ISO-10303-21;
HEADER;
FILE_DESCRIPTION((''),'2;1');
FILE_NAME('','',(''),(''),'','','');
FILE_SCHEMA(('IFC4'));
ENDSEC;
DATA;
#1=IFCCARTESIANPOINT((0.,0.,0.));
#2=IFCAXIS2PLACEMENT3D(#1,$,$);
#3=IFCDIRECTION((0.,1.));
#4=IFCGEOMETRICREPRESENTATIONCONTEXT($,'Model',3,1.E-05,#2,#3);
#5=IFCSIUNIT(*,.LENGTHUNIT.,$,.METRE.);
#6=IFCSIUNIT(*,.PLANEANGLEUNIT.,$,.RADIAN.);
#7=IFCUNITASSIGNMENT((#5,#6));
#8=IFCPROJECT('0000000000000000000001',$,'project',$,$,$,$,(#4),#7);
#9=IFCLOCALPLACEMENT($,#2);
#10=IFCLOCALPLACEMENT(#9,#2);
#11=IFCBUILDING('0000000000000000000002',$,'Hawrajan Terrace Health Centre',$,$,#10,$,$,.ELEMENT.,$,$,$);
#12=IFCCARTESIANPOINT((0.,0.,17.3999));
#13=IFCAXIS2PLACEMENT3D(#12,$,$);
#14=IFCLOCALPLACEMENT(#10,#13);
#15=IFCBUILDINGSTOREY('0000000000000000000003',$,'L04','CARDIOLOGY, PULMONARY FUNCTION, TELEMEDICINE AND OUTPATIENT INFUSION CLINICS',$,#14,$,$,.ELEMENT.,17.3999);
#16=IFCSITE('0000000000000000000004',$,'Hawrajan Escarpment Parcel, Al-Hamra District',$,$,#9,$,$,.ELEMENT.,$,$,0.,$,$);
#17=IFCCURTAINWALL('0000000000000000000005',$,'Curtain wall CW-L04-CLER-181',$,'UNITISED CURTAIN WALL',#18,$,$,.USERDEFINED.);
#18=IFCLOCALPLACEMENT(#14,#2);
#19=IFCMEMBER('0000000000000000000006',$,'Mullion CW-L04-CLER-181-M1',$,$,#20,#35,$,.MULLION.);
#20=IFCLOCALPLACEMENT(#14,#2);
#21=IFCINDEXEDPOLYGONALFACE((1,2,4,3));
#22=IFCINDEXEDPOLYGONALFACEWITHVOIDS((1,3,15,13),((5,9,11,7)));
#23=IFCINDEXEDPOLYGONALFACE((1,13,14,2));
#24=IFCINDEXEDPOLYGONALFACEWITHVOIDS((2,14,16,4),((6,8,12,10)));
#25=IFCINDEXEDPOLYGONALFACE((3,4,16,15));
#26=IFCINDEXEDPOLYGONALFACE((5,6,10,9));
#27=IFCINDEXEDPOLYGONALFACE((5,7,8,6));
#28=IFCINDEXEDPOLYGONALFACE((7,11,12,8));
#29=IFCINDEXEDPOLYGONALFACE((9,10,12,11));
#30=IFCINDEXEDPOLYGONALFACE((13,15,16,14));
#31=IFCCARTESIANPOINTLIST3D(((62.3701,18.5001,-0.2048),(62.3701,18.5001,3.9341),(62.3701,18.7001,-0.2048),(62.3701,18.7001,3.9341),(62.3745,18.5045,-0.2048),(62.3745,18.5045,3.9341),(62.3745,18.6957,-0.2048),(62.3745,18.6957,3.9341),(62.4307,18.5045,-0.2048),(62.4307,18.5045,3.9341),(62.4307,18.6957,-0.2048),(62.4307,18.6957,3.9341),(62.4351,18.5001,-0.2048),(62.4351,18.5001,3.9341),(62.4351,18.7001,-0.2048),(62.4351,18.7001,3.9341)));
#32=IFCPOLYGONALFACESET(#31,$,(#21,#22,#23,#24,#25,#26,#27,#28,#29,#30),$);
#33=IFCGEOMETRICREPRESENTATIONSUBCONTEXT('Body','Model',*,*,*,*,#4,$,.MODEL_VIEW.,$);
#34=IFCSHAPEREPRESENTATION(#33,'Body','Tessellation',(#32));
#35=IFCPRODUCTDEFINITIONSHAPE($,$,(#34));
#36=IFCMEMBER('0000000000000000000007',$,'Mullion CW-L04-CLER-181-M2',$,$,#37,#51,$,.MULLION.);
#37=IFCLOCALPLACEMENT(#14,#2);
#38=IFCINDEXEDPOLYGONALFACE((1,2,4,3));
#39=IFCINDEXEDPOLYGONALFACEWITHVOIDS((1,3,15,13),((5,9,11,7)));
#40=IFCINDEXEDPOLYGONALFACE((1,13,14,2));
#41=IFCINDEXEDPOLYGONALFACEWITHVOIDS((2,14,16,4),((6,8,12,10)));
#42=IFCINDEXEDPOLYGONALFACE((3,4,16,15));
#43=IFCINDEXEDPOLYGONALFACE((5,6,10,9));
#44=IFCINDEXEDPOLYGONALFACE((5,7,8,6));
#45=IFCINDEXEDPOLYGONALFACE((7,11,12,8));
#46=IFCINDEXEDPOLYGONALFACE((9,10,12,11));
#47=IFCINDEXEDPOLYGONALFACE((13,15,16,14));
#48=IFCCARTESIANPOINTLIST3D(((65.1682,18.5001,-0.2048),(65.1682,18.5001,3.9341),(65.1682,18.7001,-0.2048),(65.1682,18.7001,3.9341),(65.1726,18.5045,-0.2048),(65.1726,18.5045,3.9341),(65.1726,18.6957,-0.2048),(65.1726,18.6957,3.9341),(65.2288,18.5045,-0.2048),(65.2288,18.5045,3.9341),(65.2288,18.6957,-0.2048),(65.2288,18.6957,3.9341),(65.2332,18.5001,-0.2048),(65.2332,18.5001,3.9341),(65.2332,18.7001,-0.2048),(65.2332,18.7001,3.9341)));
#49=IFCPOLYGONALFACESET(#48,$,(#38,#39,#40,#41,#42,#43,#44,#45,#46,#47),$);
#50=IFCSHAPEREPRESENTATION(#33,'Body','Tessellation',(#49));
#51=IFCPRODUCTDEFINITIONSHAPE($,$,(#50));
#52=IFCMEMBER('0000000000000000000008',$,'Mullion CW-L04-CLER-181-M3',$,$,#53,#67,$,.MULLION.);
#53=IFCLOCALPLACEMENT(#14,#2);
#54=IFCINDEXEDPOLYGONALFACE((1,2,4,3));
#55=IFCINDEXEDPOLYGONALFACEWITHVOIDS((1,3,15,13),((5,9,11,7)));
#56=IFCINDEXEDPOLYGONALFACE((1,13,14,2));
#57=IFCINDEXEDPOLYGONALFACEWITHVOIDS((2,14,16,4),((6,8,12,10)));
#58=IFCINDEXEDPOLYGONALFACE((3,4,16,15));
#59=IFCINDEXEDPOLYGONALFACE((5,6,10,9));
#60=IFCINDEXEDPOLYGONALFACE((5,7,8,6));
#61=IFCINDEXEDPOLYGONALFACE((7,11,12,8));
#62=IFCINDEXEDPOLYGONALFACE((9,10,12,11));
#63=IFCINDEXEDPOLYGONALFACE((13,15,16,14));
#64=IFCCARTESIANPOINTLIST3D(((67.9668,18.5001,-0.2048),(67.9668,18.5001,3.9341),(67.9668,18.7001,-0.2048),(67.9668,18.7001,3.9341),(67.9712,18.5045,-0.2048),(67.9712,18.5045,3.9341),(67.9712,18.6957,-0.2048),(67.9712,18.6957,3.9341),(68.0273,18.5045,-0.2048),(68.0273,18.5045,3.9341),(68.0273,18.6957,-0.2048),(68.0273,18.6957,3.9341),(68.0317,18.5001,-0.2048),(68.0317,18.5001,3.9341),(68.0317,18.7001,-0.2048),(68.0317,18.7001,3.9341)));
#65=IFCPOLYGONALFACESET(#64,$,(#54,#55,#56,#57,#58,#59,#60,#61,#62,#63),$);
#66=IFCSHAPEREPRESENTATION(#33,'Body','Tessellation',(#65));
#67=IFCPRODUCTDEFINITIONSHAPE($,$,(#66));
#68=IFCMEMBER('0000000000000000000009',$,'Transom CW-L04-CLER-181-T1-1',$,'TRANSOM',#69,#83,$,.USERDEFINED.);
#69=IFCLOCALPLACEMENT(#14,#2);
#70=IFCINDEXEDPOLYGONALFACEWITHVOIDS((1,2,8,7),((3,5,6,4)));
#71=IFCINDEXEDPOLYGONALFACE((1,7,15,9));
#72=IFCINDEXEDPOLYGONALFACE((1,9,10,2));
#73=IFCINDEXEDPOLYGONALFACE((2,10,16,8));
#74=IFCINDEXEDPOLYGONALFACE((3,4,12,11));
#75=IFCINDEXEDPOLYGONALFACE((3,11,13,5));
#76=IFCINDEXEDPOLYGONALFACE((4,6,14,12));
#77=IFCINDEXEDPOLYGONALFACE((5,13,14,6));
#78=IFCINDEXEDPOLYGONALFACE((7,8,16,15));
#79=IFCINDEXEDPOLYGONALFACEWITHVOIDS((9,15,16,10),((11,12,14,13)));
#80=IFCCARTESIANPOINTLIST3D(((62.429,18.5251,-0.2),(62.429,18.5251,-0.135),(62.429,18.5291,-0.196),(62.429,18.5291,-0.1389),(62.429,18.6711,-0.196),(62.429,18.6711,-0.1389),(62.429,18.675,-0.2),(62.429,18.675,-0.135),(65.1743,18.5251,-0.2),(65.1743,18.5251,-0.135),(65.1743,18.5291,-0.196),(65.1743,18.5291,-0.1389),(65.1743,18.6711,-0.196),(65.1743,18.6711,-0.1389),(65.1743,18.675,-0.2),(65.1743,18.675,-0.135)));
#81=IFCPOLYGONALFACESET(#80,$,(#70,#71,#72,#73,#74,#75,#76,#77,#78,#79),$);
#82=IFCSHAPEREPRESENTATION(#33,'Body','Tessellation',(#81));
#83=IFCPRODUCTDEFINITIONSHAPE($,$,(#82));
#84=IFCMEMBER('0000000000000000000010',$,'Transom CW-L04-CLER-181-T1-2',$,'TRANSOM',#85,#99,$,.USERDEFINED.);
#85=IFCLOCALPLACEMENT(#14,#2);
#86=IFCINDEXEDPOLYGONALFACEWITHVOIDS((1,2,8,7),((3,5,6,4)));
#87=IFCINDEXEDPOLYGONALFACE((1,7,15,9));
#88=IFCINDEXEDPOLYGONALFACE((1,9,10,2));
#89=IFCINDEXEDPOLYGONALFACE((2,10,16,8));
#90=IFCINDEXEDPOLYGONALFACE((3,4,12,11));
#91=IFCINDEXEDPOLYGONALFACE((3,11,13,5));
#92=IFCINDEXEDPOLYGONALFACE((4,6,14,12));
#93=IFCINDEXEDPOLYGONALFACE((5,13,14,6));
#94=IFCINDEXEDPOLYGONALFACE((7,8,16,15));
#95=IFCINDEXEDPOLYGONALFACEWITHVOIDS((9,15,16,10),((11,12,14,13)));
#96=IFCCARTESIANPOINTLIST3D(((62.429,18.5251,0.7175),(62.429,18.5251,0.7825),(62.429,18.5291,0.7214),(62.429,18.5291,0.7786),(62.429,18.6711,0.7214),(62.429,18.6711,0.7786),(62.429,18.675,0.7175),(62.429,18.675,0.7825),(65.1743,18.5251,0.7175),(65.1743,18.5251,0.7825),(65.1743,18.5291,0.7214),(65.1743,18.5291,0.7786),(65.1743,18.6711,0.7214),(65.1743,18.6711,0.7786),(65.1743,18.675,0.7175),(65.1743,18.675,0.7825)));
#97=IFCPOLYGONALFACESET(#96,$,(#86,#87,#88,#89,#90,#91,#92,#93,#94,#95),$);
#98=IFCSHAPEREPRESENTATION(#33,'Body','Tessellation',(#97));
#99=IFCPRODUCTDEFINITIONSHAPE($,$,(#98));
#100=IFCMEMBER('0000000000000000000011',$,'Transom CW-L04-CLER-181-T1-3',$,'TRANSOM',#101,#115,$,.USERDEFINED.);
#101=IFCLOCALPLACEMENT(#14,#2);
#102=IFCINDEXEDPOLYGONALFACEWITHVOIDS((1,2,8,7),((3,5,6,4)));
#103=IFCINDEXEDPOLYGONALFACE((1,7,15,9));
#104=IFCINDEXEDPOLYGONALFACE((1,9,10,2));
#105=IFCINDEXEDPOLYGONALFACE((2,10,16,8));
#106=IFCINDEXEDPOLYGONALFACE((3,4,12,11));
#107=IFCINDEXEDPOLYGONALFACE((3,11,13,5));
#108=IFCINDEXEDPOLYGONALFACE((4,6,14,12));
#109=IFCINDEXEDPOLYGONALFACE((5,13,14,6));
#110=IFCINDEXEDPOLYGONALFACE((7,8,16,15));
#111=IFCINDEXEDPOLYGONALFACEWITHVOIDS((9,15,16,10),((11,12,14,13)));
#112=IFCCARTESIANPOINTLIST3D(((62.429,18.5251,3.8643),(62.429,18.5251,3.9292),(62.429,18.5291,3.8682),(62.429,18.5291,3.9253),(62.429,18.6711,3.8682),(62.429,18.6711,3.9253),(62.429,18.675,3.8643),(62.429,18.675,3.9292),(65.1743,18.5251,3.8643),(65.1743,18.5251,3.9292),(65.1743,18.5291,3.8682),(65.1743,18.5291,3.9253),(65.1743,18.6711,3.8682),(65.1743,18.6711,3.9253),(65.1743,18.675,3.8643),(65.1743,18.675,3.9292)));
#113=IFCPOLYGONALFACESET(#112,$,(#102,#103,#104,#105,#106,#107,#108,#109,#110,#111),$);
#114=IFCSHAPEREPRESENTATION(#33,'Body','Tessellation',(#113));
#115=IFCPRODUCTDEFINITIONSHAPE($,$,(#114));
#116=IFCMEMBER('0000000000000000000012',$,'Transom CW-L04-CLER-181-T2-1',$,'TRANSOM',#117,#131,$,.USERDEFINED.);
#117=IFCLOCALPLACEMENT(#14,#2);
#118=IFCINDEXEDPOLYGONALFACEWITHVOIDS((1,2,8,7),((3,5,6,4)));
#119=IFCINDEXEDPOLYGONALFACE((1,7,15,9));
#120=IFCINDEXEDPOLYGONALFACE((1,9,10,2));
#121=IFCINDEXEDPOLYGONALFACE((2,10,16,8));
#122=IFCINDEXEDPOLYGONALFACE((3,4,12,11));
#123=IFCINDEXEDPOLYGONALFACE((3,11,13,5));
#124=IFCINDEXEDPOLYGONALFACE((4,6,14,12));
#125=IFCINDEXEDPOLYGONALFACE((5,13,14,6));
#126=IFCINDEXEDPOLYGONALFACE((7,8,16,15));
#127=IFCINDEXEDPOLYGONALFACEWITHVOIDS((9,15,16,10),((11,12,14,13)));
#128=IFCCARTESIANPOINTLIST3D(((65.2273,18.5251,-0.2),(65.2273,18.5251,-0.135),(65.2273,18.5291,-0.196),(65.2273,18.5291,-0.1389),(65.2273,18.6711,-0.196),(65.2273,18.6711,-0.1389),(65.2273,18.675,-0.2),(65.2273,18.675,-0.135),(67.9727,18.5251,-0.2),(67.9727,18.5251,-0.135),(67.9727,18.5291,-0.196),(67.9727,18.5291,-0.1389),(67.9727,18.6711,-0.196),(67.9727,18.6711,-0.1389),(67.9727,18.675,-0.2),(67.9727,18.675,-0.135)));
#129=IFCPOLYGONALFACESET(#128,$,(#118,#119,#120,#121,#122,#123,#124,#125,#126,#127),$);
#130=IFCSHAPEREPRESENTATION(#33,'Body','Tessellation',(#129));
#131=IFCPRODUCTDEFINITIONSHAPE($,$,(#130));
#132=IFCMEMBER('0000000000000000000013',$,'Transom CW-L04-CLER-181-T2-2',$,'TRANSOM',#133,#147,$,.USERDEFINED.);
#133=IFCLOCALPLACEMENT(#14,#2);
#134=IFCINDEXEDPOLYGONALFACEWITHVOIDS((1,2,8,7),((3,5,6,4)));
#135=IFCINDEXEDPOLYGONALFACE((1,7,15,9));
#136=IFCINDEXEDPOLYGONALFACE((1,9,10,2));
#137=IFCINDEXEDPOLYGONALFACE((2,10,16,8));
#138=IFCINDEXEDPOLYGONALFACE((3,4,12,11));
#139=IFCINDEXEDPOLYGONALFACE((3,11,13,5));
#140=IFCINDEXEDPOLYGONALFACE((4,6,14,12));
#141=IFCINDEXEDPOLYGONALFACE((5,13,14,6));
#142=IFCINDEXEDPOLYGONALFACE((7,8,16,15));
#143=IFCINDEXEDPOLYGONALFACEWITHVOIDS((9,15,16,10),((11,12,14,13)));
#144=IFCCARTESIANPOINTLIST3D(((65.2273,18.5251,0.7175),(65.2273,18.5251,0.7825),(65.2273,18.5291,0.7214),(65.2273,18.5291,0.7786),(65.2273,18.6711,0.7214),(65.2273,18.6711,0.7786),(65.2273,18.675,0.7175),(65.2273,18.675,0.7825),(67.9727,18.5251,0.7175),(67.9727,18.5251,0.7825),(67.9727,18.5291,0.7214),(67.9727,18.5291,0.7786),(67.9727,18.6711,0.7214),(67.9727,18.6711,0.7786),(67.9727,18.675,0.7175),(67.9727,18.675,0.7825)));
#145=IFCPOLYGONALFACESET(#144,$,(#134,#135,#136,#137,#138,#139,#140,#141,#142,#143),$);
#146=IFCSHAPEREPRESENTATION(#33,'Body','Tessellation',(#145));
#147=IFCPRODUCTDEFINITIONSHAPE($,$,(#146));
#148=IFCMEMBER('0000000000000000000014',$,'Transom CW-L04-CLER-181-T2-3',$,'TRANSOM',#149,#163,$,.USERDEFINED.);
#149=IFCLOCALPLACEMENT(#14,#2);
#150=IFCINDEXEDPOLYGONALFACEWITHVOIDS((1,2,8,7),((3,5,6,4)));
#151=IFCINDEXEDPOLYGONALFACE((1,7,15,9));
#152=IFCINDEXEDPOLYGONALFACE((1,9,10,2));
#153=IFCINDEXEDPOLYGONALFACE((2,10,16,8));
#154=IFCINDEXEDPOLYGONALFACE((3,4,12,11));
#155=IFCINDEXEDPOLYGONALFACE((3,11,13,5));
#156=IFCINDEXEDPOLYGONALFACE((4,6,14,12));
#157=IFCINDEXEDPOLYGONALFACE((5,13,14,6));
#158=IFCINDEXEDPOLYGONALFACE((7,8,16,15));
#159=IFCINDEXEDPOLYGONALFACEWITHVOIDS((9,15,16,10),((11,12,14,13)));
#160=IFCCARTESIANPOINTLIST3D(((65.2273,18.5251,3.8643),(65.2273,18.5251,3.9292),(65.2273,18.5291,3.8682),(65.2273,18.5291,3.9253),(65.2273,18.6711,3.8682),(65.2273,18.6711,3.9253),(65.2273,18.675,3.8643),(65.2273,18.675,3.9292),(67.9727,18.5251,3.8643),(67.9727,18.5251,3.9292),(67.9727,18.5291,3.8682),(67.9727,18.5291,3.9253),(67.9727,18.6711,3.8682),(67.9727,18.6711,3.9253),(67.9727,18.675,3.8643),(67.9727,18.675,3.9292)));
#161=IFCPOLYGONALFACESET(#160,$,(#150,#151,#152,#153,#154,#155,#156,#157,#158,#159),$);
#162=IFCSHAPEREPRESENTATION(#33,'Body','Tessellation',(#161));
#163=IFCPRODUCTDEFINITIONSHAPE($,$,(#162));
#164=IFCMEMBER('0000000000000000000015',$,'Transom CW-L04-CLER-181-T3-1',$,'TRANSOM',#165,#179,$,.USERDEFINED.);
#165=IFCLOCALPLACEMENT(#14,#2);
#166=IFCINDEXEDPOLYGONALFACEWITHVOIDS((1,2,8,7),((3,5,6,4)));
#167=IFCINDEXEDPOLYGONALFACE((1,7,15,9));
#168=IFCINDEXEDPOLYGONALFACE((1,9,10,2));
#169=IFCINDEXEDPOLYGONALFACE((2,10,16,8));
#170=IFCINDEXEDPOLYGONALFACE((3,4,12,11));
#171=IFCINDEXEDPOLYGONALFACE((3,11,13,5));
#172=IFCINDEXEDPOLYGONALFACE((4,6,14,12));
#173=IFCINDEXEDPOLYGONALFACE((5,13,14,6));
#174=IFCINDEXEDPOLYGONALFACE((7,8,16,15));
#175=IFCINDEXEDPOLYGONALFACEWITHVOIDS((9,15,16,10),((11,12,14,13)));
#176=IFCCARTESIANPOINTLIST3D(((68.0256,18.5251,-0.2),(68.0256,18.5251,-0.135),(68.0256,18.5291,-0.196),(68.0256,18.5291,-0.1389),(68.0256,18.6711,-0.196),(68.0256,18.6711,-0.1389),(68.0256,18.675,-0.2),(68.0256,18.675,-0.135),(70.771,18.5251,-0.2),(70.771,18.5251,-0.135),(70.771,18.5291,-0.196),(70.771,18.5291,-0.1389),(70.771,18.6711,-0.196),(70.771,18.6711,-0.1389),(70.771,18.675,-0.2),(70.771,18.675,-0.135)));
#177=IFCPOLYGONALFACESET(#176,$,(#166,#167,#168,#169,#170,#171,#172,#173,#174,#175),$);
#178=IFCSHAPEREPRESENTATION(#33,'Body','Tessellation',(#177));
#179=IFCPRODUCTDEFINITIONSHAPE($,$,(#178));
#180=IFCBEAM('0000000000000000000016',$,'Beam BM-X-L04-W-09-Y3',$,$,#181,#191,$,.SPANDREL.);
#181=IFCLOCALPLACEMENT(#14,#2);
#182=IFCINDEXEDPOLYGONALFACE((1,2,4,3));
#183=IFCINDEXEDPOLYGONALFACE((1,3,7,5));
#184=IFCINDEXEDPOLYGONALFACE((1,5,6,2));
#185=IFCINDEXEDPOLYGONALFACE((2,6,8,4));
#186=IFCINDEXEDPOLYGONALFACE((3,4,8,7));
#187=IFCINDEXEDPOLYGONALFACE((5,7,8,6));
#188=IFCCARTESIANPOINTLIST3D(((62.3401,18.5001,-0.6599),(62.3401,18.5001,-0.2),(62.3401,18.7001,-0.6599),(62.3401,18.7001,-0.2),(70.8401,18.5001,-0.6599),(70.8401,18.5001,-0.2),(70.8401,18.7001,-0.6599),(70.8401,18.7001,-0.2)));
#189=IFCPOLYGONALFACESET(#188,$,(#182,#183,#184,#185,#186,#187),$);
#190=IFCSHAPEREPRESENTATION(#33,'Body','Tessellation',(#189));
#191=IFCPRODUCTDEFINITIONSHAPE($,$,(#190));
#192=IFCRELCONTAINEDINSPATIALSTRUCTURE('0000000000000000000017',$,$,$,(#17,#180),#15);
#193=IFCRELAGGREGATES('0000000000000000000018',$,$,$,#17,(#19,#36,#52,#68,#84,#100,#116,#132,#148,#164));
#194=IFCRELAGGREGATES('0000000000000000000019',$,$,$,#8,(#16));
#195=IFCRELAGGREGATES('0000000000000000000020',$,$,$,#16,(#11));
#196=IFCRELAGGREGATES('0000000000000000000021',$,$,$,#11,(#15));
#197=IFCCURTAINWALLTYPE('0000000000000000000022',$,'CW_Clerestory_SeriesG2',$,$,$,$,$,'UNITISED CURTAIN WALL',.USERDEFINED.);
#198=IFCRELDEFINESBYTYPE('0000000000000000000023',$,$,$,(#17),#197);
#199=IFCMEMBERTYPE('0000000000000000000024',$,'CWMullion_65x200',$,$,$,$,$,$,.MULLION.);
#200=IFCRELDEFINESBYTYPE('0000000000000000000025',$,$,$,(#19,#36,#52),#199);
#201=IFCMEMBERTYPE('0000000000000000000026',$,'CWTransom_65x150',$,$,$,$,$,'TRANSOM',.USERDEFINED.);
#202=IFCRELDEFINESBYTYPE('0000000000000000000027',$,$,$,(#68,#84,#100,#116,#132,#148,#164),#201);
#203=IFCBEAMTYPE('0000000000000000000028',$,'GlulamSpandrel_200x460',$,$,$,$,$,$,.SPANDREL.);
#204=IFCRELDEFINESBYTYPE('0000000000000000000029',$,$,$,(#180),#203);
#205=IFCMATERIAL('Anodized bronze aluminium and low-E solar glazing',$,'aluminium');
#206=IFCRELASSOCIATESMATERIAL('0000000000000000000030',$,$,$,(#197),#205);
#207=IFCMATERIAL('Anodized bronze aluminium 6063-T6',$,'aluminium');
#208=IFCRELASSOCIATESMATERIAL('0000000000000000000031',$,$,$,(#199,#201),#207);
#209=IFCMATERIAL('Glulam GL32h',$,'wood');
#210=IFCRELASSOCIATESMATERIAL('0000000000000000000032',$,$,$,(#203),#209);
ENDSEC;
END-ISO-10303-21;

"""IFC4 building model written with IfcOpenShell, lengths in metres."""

from ifc_helpers import new_model, si_unit, direction, frame, origin, origin_2d, place, context, subcontext, project, spatial, rectangle, hollow_rectangle, extrude, material, material_profile, profile_set, type_object, element, aggregate, save


model = new_model("IFC4")

# Units and contexts
model_context = context("Model", 3, precision=1e-05, world=origin(), true_north=direction((0.0, 1.0)))
body_context = subcontext(model_context, "Body", "Model", "MODEL_VIEW")
ifc_project = project(units=[si_unit("LENGTHUNIT", "METRE"), si_unit("PLANEANGLEUNIT", "RADIAN")], contexts=[model_context])

# Site, building, storey
site_placement = place(None, origin())
site = spatial("IfcSite", under=ifc_project, at=site_placement, Name="Hawrajan Escarpment Parcel, Al-Hamra District", CompositionType="ELEMENT", RefElevation=0.0)
building_placement = place(site_placement, origin())
building = spatial("IfcBuilding", under=site, at=building_placement, Name="Hawrajan Terrace Health Centre", CompositionType="ELEMENT")
storey_placement = place(building_placement, frame((0.0, 0.0, 17.3999)))
storey = spatial("IfcBuildingStorey", under=building, at=storey_placement, Name="L04", Description="CARDIOLOGY, PULMONARY FUNCTION, TELEMEDICINE AND OUTPATIENT INFUSION CLINICS", CompositionType="ELEMENT", Elevation=17.3999)

# Curtain wall, members
ifc_material_1 = material(Name="Anodized bronze aluminium and low-E solar glazing", Category="aluminium")
curtain_wall_type = type_object("IfcCurtainWallType", Name="CW_Clerestory_SeriesG2", ElementType="UNITISED CURTAIN WALL", PredefinedType="USERDEFINED", material=ifc_material_1)
curtain_wall_placement = place(storey_placement, origin())
curtain_wall = element("IfcCurtainWall", 1, at=curtain_wall_placement, inside=storey, type_object=curtain_wall_type, Name="Curtain wall CW-L04-CLER-181", ObjectType="UNITISED CURTAIN WALL", PredefinedType="USERDEFINED")
ifc_material_2 = material(Name="Anodized bronze aluminium 6063-T6", Category="aluminium")
ifc_material_profile_1 = material_profile(ifc_material_2, hollow_rectangle(XDim=0.0649, YDim=0.2, WallThickness=0.0044, at=origin_2d()), Name="CW MUL 65x200")
ifc_profile_set_1 = profile_set([ifc_material_profile_1], Name="Anodized bronze aluminium 6063-T6")
member_type_1 = type_object("IfcMemberType", Name="CWMullion_65x200", PredefinedType="MULLION", material=ifc_profile_set_1)
member_1_placement = place(storey_placement, frame((62.4026, 18.6001, -0.2048), z_axis=(0.0, 0.0, 1.0), x_axis=(1.0, 0.0, 0.0)))
member_1 = element("IfcMember", 2, at=member_1_placement, type_object=member_type_1, Name="Mullion CW-L04-CLER-181-M1", PredefinedType="MULLION", context=body_context, shape_type="SweptSolid", body=[
    extrude(hollow_rectangle(XDim=0.0649, YDim=0.2, WallThickness=0.0044, at=origin_2d()), origin(), (0.0, 0.0, 1.0), 4.1389),
])
member_2_placement = place(storey_placement, frame((65.2007, 18.6001, -0.2048), z_axis=(0.0, 0.0, 1.0), x_axis=(1.0, 0.0, 0.0)))
member_2 = element("IfcMember", 3, at=member_2_placement, type_object=member_type_1, Name="Mullion CW-L04-CLER-181-M2", PredefinedType="MULLION", context=body_context, shape_type="SweptSolid", body=[
    extrude(hollow_rectangle(XDim=0.0649, YDim=0.2, WallThickness=0.0044, at=origin_2d()), origin(), (0.0, 0.0, 1.0), 4.1389),
])
member_3_placement = place(storey_placement, frame((67.9993, 18.6001, -0.2048), z_axis=(0.0, 0.0, 1.0), x_axis=(1.0, 0.0, 0.0)))
member_3 = element("IfcMember", 4, at=member_3_placement, type_object=member_type_1, Name="Mullion CW-L04-CLER-181-M3", PredefinedType="MULLION", context=body_context, shape_type="SweptSolid", body=[
    extrude(hollow_rectangle(XDim=0.0649, YDim=0.2, WallThickness=0.0044, at=origin_2d()), origin(), (0.0, 0.0, 1.0), 4.1389),
])
ifc_material_profile_2 = material_profile(ifc_material_2, hollow_rectangle(XDim=0.0649, YDim=0.1499, WallThickness=0.0039, at=origin_2d()), Name="CW TRN 65x150")
ifc_profile_set_2 = profile_set([ifc_material_profile_2], Name="Anodized bronze aluminium 6063-T6")
member_type_2 = type_object("IfcMemberType", Name="CWTransom_65x150", ElementType="TRANSOM", PredefinedType="USERDEFINED", material=ifc_profile_set_2)
member_4_placement = place(storey_placement, frame((62.429, 18.6001, -0.1675), z_axis=(1.0, 0.0, 0.0), x_axis=(0.0, 0.0, 1.0)))
member_4 = element("IfcMember", 5, at=member_4_placement, type_object=member_type_2, Name="Transom CW-L04-CLER-181-T1-1", ObjectType="TRANSOM", PredefinedType="USERDEFINED", context=body_context, shape_type="SweptSolid", body=[
    extrude(hollow_rectangle(XDim=0.0649, YDim=0.1499, WallThickness=0.0039, at=origin_2d()), origin(), (0.0, 0.0, 1.0), 2.7454),
])
member_5_placement = place(storey_placement, frame((62.429, 18.6001, 0.75), z_axis=(1.0, 0.0, 0.0), x_axis=(0.0, 0.0, 1.0)))
member_5 = element("IfcMember", 6, at=member_5_placement, type_object=member_type_2, Name="Transom CW-L04-CLER-181-T1-2", ObjectType="TRANSOM", PredefinedType="USERDEFINED", context=body_context, shape_type="SweptSolid", body=[
    extrude(hollow_rectangle(XDim=0.0649, YDim=0.1499, WallThickness=0.0039, at=origin_2d()), origin(), (0.0, 0.0, 1.0), 2.7454),
])
member_6_placement = place(storey_placement, frame((62.429, 18.6001, 3.8967), z_axis=(1.0, 0.0, 0.0), x_axis=(0.0, 0.0, 1.0)))
member_6 = element("IfcMember", 7, at=member_6_placement, type_object=member_type_2, Name="Transom CW-L04-CLER-181-T1-3", ObjectType="TRANSOM", PredefinedType="USERDEFINED", context=body_context, shape_type="SweptSolid", body=[
    extrude(hollow_rectangle(XDim=0.0649, YDim=0.1499, WallThickness=0.0039, at=origin_2d()), origin(), (0.0, 0.0, 1.0), 2.7454),
])
member_7_placement = place(storey_placement, frame((65.2273, 18.6001, -0.1675), z_axis=(1.0, 0.0, 0.0), x_axis=(0.0, 0.0, 1.0)))
member_7 = element("IfcMember", 8, at=member_7_placement, type_object=member_type_2, Name="Transom CW-L04-CLER-181-T2-1", ObjectType="TRANSOM", PredefinedType="USERDEFINED", context=body_context, shape_type="SweptSolid", body=[
    extrude(hollow_rectangle(XDim=0.0649, YDim=0.1499, WallThickness=0.0039, at=origin_2d()), origin(), (0.0, 0.0, 1.0), 2.7454),
])
member_8_placement = place(storey_placement, frame((65.2273, 18.6001, 0.75), z_axis=(1.0, 0.0, 0.0), x_axis=(0.0, 0.0, 1.0)))
member_8 = element("IfcMember", 9, at=member_8_placement, type_object=member_type_2, Name="Transom CW-L04-CLER-181-T2-2", ObjectType="TRANSOM", PredefinedType="USERDEFINED", context=body_context, shape_type="SweptSolid", body=[
    extrude(hollow_rectangle(XDim=0.0649, YDim=0.1499, WallThickness=0.0039, at=origin_2d()), origin(), (0.0, 0.0, 1.0), 2.7454),
])
member_9_placement = place(storey_placement, frame((65.2273, 18.6001, 3.8967), z_axis=(1.0, 0.0, 0.0), x_axis=(0.0, 0.0, 1.0)))
member_9 = element("IfcMember", 10, at=member_9_placement, type_object=member_type_2, Name="Transom CW-L04-CLER-181-T2-3", ObjectType="TRANSOM", PredefinedType="USERDEFINED", context=body_context, shape_type="SweptSolid", body=[
    extrude(hollow_rectangle(XDim=0.0649, YDim=0.1499, WallThickness=0.0039, at=origin_2d()), origin(), (0.0, 0.0, 1.0), 2.7454),
])
member_10_placement = place(storey_placement, frame((68.0256, 18.6001, -0.1675), z_axis=(1.0, 0.0, 0.0), x_axis=(0.0, 0.0, 1.0)))
member_10 = element("IfcMember", 11, at=member_10_placement, type_object=member_type_2, Name="Transom CW-L04-CLER-181-T3-1", ObjectType="TRANSOM", PredefinedType="USERDEFINED", context=body_context, shape_type="SweptSolid", body=[
    extrude(hollow_rectangle(XDim=0.0649, YDim=0.1499, WallThickness=0.0039, at=origin_2d()), origin(), (0.0, 0.0, 1.0), 2.7454),
])

# Beam
ifc_material_3 = material(Name="Glulam GL32h", Category="wood")
ifc_material_profile_3 = material_profile(ifc_material_3, rectangle(XDim=0.2, YDim=0.46, at=origin_2d()), Name="GL SP 200x460")
ifc_profile_set_3 = profile_set([ifc_material_profile_3], Name="Glulam GL32h")
beam_type_1 = type_object("IfcBeamType", Name="GlulamSpandrel_200x460", PredefinedType="SPANDREL", material=ifc_profile_set_3)
beam_1_placement = place(storey_placement, frame((62.3401, 18.6001, -0.4299), z_axis=(1.0, 0.0, 0.0), x_axis=(0.0, 1.0, 0.0)))
element("IfcBeam", 12, at=beam_1_placement, inside=storey, type_object=beam_type_1, Name="Beam BM-X-L04-W-09-Y3", PredefinedType="SPANDREL", context=body_context, shape_type="SweptSolid", body=[
    extrude(rectangle(XDim=0.2, YDim=0.46, at=origin_2d()), origin(), (0.0, 0.0, 1.0), 8.5),
])

aggregate(curtain_wall, [member_1, member_2, member_3, member_4, member_5, member_6, member_7, member_8, member_9, member_10])

save(model, "model.ifc")
